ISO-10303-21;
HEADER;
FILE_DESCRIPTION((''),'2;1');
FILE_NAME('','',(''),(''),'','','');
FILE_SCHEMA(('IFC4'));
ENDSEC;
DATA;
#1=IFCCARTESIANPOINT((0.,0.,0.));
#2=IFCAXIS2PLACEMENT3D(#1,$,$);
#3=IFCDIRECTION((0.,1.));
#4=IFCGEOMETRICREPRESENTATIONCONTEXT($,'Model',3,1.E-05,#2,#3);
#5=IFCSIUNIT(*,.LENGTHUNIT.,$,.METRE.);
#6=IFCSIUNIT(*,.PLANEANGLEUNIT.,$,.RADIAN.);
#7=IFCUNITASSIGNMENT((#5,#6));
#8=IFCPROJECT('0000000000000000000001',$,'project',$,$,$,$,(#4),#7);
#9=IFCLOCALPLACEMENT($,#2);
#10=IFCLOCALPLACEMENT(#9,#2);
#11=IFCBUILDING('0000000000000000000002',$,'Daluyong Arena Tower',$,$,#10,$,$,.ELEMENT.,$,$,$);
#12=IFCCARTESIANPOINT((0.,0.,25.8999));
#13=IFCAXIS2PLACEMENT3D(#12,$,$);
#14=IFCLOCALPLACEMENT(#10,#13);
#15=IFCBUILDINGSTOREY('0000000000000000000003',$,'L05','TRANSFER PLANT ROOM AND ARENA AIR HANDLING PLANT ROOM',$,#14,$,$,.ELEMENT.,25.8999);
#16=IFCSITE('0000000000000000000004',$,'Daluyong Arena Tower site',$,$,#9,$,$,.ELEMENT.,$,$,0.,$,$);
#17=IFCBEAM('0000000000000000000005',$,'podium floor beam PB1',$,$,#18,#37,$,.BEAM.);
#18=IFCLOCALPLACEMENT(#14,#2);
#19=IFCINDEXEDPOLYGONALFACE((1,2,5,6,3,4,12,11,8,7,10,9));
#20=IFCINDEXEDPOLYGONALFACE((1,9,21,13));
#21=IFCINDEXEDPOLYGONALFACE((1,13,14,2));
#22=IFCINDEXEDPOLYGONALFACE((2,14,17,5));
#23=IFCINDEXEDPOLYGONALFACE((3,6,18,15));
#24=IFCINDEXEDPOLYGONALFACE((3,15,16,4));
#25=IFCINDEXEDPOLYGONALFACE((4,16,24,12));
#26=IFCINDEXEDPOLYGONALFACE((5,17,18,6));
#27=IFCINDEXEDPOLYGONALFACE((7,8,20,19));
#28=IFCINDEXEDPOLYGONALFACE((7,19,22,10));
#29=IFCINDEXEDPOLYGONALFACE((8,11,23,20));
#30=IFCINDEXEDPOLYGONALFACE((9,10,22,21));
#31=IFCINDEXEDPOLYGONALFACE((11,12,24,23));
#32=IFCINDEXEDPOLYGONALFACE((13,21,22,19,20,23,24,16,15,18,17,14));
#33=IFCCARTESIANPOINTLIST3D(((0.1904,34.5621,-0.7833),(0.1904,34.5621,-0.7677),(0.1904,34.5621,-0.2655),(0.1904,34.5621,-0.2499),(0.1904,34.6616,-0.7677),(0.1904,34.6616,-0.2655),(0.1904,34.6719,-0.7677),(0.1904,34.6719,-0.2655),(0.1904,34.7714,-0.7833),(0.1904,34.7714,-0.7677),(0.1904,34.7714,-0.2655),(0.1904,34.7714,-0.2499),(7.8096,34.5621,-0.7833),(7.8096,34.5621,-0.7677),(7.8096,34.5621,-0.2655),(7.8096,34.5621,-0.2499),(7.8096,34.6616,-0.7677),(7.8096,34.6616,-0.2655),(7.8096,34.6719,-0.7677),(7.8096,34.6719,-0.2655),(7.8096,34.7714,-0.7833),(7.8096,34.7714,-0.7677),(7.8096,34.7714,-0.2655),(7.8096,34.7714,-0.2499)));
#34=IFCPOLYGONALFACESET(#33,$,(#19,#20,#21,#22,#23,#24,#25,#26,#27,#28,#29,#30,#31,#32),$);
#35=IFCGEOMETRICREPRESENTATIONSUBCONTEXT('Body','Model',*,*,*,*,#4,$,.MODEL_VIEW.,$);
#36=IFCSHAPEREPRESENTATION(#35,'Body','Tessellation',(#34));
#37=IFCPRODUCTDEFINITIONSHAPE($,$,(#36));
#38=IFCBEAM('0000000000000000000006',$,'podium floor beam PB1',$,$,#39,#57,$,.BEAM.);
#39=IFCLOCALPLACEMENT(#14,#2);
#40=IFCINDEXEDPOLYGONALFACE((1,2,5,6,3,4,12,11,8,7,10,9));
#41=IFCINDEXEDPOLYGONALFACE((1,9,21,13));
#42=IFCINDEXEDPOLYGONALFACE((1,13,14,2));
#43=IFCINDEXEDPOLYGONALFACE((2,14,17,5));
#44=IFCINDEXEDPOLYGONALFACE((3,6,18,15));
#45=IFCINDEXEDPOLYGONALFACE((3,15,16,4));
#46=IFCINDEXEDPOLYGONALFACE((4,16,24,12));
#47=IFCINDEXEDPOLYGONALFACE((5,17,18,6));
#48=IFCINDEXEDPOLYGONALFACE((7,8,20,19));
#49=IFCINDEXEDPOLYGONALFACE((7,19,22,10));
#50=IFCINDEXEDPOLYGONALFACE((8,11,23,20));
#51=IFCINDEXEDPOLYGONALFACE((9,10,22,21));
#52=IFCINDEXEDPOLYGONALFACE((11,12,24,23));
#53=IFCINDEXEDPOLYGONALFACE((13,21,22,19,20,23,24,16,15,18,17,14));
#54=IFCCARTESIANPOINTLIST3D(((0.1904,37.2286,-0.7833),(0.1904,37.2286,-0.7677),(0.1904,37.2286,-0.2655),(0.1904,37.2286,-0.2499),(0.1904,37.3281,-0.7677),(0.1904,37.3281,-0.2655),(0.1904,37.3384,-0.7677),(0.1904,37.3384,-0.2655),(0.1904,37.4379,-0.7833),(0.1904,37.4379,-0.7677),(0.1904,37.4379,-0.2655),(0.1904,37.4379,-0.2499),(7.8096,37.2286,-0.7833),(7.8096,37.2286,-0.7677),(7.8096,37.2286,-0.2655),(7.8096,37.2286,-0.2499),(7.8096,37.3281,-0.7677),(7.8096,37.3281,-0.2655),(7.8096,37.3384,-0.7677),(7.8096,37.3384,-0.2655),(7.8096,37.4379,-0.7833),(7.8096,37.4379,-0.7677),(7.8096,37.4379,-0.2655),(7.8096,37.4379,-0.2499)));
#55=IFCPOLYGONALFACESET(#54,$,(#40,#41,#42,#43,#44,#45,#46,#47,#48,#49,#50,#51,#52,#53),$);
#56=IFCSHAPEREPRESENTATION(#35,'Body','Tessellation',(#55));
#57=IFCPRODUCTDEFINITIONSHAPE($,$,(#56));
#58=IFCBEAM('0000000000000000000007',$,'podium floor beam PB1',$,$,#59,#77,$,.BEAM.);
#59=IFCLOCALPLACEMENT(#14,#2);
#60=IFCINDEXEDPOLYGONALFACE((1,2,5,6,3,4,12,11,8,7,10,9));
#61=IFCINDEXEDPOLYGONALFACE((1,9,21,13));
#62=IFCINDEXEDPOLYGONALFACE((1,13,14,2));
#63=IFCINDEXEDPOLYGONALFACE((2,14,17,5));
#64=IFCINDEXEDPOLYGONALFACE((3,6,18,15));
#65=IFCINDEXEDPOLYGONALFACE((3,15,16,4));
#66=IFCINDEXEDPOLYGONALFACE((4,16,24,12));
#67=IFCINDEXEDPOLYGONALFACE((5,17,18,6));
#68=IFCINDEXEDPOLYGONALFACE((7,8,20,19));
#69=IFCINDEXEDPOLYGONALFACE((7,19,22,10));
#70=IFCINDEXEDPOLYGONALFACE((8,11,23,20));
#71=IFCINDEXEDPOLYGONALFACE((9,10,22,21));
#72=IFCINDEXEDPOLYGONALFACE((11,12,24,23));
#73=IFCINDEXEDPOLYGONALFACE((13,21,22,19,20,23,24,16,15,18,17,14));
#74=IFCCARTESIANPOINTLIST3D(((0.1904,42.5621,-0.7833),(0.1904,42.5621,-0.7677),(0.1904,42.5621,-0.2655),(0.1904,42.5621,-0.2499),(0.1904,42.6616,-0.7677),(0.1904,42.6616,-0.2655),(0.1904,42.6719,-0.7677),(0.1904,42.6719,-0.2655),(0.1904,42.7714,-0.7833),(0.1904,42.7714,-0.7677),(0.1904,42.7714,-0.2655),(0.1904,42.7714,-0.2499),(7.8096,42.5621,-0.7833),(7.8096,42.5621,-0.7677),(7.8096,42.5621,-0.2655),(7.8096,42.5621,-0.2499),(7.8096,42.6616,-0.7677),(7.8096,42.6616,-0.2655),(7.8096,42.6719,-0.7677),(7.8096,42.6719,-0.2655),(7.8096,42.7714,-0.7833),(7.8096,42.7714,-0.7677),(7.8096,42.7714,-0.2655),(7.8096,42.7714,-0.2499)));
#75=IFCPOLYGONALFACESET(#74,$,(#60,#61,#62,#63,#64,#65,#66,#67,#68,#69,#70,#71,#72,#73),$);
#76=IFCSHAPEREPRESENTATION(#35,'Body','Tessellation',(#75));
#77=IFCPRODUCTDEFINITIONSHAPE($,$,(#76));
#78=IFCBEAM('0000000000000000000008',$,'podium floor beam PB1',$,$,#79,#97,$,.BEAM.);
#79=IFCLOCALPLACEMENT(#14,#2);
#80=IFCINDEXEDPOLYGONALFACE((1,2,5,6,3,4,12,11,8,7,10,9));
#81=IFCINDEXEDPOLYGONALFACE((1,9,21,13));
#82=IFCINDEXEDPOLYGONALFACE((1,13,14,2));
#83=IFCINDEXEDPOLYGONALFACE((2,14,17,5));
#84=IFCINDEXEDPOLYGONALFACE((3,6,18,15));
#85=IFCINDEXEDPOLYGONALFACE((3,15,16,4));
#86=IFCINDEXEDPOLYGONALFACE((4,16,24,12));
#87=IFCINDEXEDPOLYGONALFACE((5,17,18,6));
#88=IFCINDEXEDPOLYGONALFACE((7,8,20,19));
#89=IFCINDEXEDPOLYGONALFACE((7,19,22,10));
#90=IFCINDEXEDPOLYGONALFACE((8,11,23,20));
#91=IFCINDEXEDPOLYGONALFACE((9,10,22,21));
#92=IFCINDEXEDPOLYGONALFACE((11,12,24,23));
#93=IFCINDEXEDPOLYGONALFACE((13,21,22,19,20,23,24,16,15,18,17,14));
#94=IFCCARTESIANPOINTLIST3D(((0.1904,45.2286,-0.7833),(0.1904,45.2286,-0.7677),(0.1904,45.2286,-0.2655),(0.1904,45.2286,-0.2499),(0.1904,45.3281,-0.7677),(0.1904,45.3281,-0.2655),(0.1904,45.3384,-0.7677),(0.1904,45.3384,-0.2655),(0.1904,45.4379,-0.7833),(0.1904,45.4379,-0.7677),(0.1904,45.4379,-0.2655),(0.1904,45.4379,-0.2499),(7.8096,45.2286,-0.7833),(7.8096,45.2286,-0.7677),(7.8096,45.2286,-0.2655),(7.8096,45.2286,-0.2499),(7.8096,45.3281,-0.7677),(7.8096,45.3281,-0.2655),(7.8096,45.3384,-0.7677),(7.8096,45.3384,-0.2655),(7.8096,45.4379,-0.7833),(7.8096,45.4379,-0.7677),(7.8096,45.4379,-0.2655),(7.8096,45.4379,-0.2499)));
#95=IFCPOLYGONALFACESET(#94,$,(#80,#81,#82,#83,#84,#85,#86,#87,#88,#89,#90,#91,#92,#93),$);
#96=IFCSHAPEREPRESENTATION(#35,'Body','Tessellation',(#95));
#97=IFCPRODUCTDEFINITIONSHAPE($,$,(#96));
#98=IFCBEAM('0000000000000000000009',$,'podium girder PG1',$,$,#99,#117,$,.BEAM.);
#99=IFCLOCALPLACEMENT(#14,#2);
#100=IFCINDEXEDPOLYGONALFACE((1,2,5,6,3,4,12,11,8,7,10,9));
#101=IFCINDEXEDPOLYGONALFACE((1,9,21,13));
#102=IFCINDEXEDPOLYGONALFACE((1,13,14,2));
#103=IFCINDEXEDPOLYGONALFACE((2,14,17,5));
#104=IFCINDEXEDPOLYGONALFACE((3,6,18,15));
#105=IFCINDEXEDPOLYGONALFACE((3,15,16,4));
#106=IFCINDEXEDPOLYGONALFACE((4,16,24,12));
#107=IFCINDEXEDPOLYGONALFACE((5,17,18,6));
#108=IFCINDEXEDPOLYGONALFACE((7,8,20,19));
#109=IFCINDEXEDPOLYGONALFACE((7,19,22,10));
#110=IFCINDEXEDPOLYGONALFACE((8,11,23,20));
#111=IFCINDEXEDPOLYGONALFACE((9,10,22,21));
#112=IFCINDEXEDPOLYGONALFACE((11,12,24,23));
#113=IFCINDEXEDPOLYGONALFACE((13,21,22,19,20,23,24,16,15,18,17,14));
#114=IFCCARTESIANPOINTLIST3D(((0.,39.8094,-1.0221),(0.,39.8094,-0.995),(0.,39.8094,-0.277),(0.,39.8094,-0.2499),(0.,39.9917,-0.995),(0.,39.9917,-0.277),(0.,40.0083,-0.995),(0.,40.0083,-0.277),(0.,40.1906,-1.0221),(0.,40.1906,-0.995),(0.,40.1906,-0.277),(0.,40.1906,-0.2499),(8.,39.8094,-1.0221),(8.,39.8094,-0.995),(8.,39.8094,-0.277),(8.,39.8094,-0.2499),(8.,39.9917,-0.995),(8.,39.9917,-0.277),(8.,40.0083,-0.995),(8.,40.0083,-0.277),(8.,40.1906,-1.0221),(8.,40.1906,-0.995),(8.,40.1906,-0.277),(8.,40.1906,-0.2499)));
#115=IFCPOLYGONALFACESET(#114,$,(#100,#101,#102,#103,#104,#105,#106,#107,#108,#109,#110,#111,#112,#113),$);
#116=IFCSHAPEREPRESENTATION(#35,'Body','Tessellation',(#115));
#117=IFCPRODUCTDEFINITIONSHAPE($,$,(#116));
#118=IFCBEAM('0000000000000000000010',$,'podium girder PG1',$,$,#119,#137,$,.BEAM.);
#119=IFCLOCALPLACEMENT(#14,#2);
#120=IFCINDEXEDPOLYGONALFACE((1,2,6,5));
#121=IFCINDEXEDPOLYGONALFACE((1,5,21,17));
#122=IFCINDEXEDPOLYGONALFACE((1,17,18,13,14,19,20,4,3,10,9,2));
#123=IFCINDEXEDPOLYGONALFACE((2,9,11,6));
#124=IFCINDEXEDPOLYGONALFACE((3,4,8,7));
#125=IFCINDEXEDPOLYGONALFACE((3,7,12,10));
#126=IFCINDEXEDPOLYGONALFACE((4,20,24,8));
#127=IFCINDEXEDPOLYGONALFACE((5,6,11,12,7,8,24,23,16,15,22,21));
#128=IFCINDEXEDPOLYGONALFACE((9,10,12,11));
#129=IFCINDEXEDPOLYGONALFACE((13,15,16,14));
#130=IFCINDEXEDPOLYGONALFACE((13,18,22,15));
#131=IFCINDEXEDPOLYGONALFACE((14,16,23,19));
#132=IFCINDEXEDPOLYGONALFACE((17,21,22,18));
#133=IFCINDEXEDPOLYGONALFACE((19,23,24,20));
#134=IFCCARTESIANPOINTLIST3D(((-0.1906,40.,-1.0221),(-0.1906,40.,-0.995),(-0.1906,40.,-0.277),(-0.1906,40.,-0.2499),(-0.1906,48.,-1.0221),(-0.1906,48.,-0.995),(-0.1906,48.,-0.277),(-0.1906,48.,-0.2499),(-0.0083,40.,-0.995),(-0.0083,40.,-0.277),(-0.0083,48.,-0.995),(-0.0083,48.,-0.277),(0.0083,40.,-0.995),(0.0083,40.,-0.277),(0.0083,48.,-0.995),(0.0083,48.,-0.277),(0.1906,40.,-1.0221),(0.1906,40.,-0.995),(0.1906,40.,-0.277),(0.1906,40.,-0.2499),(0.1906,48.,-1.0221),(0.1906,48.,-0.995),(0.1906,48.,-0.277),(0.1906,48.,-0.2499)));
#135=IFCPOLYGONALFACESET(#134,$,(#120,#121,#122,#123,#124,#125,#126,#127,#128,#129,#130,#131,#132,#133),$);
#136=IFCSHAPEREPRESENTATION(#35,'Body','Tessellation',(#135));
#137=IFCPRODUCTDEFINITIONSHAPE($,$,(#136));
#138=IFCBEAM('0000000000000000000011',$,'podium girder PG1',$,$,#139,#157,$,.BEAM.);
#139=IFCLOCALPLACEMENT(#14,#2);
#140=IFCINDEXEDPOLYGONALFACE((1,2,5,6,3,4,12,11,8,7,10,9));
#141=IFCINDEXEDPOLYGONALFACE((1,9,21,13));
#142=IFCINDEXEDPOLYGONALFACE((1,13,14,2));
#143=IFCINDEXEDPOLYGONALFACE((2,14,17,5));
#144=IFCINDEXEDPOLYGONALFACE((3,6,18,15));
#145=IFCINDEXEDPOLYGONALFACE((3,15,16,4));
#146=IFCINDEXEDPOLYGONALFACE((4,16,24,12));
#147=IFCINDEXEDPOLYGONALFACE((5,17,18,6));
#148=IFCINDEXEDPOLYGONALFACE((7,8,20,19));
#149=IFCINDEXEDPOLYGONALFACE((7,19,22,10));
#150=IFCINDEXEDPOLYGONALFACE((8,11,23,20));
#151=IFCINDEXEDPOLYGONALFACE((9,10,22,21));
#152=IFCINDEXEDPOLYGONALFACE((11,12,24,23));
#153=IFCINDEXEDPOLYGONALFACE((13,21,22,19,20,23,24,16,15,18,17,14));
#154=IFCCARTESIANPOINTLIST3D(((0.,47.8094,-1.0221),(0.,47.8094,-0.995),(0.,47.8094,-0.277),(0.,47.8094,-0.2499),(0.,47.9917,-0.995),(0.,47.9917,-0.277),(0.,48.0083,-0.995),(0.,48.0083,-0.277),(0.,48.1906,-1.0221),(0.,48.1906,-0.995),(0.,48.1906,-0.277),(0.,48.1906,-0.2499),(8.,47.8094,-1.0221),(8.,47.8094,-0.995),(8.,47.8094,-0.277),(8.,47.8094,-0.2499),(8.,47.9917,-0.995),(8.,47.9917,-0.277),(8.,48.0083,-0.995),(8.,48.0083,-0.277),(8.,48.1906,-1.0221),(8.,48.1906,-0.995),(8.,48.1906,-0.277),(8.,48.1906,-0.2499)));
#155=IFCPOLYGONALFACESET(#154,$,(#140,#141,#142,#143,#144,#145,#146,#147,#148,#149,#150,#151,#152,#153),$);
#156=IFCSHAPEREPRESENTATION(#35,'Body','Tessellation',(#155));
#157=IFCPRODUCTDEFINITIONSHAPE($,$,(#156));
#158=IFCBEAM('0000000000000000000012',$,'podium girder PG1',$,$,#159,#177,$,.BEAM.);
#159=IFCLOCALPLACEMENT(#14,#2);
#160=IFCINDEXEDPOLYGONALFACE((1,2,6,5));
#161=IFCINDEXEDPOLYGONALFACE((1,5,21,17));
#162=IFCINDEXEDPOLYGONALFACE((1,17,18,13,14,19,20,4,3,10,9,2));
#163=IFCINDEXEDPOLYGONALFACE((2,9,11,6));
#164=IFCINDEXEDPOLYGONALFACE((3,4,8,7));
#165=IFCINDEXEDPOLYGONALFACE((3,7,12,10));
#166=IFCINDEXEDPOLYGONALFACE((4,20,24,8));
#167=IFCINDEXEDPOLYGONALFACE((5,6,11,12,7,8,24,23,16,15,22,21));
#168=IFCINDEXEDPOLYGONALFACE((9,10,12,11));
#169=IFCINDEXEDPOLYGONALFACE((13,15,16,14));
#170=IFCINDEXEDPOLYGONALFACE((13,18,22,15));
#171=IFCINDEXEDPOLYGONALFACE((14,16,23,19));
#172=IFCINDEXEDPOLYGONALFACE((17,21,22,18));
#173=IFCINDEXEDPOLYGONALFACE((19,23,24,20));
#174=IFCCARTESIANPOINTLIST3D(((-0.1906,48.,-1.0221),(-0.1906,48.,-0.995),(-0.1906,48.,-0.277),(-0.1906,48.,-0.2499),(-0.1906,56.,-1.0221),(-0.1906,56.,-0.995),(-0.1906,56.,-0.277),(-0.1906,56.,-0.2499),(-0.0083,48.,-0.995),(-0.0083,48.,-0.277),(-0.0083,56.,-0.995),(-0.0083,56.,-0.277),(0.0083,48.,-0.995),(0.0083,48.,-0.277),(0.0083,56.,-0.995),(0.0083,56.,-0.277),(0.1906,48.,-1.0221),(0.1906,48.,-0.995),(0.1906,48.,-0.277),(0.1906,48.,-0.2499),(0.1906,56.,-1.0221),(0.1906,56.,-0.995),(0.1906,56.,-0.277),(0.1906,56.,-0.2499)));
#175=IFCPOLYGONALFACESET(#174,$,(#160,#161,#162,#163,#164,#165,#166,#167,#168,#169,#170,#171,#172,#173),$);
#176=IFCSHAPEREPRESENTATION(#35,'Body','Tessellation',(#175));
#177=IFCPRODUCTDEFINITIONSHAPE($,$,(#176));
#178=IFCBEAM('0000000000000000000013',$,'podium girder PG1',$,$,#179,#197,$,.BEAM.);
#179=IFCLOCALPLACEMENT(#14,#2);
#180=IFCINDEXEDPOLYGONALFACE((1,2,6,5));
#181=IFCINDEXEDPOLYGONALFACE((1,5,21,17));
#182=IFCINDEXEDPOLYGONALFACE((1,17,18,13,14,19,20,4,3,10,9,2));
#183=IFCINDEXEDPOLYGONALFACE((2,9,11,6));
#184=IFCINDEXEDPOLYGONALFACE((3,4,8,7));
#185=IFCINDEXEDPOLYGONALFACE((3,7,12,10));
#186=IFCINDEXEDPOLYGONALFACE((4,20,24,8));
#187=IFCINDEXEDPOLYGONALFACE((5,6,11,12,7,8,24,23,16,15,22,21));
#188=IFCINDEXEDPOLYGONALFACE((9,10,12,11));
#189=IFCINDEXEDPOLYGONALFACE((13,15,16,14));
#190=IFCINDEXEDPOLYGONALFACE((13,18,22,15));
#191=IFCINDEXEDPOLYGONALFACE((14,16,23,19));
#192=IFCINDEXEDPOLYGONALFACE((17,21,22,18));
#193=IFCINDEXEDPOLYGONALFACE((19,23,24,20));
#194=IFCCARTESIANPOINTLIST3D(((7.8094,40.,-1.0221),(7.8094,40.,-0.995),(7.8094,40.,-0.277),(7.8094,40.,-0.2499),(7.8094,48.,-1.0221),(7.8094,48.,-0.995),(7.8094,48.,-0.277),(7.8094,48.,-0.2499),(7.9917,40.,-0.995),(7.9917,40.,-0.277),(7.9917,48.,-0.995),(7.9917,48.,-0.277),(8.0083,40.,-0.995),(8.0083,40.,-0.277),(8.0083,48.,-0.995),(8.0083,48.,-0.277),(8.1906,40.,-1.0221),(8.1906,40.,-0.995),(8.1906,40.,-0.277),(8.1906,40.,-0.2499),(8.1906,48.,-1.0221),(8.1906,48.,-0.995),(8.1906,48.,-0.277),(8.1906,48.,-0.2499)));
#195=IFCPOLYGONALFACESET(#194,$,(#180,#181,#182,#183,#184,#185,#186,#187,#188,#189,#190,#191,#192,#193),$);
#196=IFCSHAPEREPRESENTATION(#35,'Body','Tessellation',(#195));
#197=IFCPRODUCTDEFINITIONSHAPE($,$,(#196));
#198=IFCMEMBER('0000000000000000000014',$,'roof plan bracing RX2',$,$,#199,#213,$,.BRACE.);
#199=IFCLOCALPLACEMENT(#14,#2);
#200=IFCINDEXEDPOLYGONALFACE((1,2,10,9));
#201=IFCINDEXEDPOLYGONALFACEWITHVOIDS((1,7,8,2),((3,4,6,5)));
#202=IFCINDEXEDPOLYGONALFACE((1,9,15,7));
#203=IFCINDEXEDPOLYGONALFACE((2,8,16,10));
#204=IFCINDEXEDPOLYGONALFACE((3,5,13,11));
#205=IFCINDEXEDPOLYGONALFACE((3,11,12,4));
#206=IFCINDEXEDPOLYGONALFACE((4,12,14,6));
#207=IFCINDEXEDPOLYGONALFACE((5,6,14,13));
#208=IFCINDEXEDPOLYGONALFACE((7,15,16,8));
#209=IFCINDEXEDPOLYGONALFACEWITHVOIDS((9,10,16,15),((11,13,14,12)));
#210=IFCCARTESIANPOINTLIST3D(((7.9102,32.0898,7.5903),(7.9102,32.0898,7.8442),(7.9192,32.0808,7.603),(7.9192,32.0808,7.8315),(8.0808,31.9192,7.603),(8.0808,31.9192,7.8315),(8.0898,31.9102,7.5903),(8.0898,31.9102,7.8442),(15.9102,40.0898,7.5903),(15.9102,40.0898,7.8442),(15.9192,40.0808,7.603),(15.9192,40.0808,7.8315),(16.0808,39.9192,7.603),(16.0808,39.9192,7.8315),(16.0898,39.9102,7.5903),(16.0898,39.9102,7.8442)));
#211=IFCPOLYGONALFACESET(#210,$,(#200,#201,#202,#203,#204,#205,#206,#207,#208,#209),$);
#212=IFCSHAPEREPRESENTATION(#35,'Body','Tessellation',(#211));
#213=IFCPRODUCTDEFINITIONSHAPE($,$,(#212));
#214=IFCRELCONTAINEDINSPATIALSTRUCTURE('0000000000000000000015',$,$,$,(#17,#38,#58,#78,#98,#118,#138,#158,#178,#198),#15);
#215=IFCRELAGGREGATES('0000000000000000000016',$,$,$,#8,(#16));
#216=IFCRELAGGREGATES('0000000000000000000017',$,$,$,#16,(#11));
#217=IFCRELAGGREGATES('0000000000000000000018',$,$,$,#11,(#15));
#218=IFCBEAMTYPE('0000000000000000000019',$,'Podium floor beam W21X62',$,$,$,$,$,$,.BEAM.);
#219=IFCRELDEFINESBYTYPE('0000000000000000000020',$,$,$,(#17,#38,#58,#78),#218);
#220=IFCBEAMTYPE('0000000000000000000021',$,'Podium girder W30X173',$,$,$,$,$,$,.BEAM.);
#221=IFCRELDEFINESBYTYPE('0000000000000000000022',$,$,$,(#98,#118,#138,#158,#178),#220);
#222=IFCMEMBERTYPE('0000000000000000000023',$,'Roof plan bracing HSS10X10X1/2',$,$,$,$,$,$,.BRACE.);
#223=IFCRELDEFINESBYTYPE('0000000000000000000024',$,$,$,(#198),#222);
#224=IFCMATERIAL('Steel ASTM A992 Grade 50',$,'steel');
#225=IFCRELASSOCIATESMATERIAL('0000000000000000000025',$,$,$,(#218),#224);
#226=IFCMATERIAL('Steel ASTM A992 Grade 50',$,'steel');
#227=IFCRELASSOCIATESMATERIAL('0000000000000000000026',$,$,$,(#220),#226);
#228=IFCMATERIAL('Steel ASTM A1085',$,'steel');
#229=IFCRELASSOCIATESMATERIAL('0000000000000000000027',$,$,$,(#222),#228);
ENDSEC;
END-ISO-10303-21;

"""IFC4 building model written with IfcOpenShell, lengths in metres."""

from ifc_helpers import new_model, si_unit, direction, frame, origin, origin_2d, place, context, subcontext, project, spatial, hollow_rectangle, i_section, extrude, material, material_profile, profile_set, type_object, element, save


model = new_model("IFC4")

# Units and contexts
model_context = context("Model", 3, precision=1e-05, world=origin(), true_north=direction((0.0, 1.0)))
body_context = subcontext(model_context, "Body", "Model", "MODEL_VIEW")
ifc_project = project(units=[si_unit("LENGTHUNIT", "METRE"), si_unit("PLANEANGLEUNIT", "RADIAN")], contexts=[model_context])

# Site, building, storey
site_placement = place(None, origin())
site = spatial("IfcSite", under=ifc_project, at=site_placement, Name="Daluyong Arena Tower site", CompositionType="ELEMENT", RefElevation=0.0)
building_placement = place(site_placement, origin())
building = spatial("IfcBuilding", under=site, at=building_placement, Name="Daluyong Arena Tower", CompositionType="ELEMENT")
storey_placement = place(building_placement, frame((0.0, 0.0, 25.8999)))
storey = spatial("IfcBuildingStorey", under=building, at=storey_placement, Name="L05", Description="TRANSFER PLANT ROOM AND ARENA AIR HANDLING PLANT ROOM", CompositionType="ELEMENT", Elevation=25.8999)

# Beams
ifc_material_1 = material(Name="Steel ASTM A992 Grade 50", Category="steel")
ifc_material_profile_1 = material_profile(ifc_material_1, i_section(OverallWidth=0.2092, OverallDepth=0.5334, WebThickness=0.0103, FlangeThickness=0.0156, at=origin_2d()))
ifc_profile_set_1 = profile_set([ifc_material_profile_1], Name="Steel ASTM A992 Grade 50")
beam_type_1 = type_object("IfcBeamType", Name="Podium floor beam W21X62", PredefinedType="BEAM", material=ifc_profile_set_1)
for number, where, z_axis, x_axis, name in (
    (1, (0.1904, 34.6667, -0.5166), (1.0, 0.0, 0.0), (0.0, 1.0, 0.0), "podium floor beam PB1"),
    (2, (0.1904, 37.3333, -0.5166), (1.0, 0.0, 0.0), (0.0, 1.0, 0.0), "podium floor beam PB1"),
    (3, (0.1904, 42.6667, -0.5166), (1.0, 0.0, 0.0), (0.0, 1.0, 0.0), "podium floor beam PB1"),
    (4, (0.1904, 45.3333, -0.5166), (1.0, 0.0, 0.0), (0.0, 1.0, 0.0), "podium floor beam PB1"),
):
    element("IfcBeam", number, at=place(storey_placement, frame(where, z_axis=z_axis, x_axis=x_axis)), inside=storey, type_object=beam_type_1, Name=name, PredefinedType="BEAM", context=body_context, shape_type="SweptSolid", body=[
        extrude(i_section(OverallWidth=0.2092, OverallDepth=0.5334, WebThickness=0.0103, FlangeThickness=0.0156, at=origin_2d()), origin(), (0.0, 0.0, 1.0), 7.6191),
    ])
ifc_material_2 = material(Name="Steel ASTM A992 Grade 50", Category="steel")
ifc_material_profile_2 = material_profile(ifc_material_2, i_section(OverallWidth=0.3811, OverallDepth=0.7722, WebThickness=0.0166, FlangeThickness=0.0271, at=origin_2d()))
ifc_profile_set_2 = profile_set([ifc_material_profile_2], Name="Steel ASTM A992 Grade 50")
beam_type_2 = type_object("IfcBeamType", Name="Podium girder W30X173", PredefinedType="BEAM", material=ifc_profile_set_2)
for number, where, z_axis, x_axis, name in (
    (5, (0.0, 40.0, -0.636), (1.0, 0.0, 0.0), (0.0, 1.0, 0.0), "podium girder PG1"),
    (6, (0.0, 40.0, -0.636), (0.0, 1.0, 0.0), (-1.0, 0.0, 0.0), "podium girder PG1"),
    (7, (0.0, 48.0, -0.636), (1.0, 0.0, 0.0), (0.0, 1.0, 0.0), "podium girder PG1"),
    (8, (0.0, 48.0, -0.636), (0.0, 1.0, 0.0), (-1.0, 0.0, 0.0), "podium girder PG1"),
    (9, (8.0, 40.0, -0.636), (0.0, 1.0, 0.0), (-1.0, 0.0, 0.0), "podium girder PG1"),
):
    element("IfcBeam", number, at=place(storey_placement, frame(where, z_axis=z_axis, x_axis=x_axis)), inside=storey, type_object=beam_type_2, Name=name, PredefinedType="BEAM", context=body_context, shape_type="SweptSolid", body=[
        extrude(i_section(OverallWidth=0.3811, OverallDepth=0.7722, WebThickness=0.0166, FlangeThickness=0.0271, at=origin_2d()), origin(), (0.0, 0.0, 1.0), 8.0),
    ])

# Member
ifc_material_3 = material(Name="Steel ASTM A1085", Category="steel")
ifc_material_profile_3 = material_profile(ifc_material_3, hollow_rectangle(XDim=0.2539, YDim=0.2539, WallThickness=0.0127, at=origin_2d()))
ifc_profile_set_3 = profile_set([ifc_material_profile_3], Name="Steel ASTM A1085")
member_type_1 = type_object("IfcMemberType", Name="Roof plan bracing HSS10X10X1/2", PredefinedType="BRACE", material=ifc_profile_set_3)
for number, where, z_axis, x_axis, name in (
    (10, (8.0, 32.0, 7.7173), (0.707107, 0.707107, 0.0), (-0.707107, 0.707107, 0.0), "roof plan bracing RX2"),
):
    element("IfcMember", number, at=place(storey_placement, frame(where, z_axis=z_axis, x_axis=x_axis)), inside=storey, type_object=member_type_1, Name=name, PredefinedType="BRACE", context=body_context, shape_type="SweptSolid", body=[
        extrude(hollow_rectangle(XDim=0.2539, YDim=0.2539, WallThickness=0.0127, at=origin_2d()), origin(), (0.0, 0.0, 1.0), 11.3137),
    ])

save(model, "model.ifc")
